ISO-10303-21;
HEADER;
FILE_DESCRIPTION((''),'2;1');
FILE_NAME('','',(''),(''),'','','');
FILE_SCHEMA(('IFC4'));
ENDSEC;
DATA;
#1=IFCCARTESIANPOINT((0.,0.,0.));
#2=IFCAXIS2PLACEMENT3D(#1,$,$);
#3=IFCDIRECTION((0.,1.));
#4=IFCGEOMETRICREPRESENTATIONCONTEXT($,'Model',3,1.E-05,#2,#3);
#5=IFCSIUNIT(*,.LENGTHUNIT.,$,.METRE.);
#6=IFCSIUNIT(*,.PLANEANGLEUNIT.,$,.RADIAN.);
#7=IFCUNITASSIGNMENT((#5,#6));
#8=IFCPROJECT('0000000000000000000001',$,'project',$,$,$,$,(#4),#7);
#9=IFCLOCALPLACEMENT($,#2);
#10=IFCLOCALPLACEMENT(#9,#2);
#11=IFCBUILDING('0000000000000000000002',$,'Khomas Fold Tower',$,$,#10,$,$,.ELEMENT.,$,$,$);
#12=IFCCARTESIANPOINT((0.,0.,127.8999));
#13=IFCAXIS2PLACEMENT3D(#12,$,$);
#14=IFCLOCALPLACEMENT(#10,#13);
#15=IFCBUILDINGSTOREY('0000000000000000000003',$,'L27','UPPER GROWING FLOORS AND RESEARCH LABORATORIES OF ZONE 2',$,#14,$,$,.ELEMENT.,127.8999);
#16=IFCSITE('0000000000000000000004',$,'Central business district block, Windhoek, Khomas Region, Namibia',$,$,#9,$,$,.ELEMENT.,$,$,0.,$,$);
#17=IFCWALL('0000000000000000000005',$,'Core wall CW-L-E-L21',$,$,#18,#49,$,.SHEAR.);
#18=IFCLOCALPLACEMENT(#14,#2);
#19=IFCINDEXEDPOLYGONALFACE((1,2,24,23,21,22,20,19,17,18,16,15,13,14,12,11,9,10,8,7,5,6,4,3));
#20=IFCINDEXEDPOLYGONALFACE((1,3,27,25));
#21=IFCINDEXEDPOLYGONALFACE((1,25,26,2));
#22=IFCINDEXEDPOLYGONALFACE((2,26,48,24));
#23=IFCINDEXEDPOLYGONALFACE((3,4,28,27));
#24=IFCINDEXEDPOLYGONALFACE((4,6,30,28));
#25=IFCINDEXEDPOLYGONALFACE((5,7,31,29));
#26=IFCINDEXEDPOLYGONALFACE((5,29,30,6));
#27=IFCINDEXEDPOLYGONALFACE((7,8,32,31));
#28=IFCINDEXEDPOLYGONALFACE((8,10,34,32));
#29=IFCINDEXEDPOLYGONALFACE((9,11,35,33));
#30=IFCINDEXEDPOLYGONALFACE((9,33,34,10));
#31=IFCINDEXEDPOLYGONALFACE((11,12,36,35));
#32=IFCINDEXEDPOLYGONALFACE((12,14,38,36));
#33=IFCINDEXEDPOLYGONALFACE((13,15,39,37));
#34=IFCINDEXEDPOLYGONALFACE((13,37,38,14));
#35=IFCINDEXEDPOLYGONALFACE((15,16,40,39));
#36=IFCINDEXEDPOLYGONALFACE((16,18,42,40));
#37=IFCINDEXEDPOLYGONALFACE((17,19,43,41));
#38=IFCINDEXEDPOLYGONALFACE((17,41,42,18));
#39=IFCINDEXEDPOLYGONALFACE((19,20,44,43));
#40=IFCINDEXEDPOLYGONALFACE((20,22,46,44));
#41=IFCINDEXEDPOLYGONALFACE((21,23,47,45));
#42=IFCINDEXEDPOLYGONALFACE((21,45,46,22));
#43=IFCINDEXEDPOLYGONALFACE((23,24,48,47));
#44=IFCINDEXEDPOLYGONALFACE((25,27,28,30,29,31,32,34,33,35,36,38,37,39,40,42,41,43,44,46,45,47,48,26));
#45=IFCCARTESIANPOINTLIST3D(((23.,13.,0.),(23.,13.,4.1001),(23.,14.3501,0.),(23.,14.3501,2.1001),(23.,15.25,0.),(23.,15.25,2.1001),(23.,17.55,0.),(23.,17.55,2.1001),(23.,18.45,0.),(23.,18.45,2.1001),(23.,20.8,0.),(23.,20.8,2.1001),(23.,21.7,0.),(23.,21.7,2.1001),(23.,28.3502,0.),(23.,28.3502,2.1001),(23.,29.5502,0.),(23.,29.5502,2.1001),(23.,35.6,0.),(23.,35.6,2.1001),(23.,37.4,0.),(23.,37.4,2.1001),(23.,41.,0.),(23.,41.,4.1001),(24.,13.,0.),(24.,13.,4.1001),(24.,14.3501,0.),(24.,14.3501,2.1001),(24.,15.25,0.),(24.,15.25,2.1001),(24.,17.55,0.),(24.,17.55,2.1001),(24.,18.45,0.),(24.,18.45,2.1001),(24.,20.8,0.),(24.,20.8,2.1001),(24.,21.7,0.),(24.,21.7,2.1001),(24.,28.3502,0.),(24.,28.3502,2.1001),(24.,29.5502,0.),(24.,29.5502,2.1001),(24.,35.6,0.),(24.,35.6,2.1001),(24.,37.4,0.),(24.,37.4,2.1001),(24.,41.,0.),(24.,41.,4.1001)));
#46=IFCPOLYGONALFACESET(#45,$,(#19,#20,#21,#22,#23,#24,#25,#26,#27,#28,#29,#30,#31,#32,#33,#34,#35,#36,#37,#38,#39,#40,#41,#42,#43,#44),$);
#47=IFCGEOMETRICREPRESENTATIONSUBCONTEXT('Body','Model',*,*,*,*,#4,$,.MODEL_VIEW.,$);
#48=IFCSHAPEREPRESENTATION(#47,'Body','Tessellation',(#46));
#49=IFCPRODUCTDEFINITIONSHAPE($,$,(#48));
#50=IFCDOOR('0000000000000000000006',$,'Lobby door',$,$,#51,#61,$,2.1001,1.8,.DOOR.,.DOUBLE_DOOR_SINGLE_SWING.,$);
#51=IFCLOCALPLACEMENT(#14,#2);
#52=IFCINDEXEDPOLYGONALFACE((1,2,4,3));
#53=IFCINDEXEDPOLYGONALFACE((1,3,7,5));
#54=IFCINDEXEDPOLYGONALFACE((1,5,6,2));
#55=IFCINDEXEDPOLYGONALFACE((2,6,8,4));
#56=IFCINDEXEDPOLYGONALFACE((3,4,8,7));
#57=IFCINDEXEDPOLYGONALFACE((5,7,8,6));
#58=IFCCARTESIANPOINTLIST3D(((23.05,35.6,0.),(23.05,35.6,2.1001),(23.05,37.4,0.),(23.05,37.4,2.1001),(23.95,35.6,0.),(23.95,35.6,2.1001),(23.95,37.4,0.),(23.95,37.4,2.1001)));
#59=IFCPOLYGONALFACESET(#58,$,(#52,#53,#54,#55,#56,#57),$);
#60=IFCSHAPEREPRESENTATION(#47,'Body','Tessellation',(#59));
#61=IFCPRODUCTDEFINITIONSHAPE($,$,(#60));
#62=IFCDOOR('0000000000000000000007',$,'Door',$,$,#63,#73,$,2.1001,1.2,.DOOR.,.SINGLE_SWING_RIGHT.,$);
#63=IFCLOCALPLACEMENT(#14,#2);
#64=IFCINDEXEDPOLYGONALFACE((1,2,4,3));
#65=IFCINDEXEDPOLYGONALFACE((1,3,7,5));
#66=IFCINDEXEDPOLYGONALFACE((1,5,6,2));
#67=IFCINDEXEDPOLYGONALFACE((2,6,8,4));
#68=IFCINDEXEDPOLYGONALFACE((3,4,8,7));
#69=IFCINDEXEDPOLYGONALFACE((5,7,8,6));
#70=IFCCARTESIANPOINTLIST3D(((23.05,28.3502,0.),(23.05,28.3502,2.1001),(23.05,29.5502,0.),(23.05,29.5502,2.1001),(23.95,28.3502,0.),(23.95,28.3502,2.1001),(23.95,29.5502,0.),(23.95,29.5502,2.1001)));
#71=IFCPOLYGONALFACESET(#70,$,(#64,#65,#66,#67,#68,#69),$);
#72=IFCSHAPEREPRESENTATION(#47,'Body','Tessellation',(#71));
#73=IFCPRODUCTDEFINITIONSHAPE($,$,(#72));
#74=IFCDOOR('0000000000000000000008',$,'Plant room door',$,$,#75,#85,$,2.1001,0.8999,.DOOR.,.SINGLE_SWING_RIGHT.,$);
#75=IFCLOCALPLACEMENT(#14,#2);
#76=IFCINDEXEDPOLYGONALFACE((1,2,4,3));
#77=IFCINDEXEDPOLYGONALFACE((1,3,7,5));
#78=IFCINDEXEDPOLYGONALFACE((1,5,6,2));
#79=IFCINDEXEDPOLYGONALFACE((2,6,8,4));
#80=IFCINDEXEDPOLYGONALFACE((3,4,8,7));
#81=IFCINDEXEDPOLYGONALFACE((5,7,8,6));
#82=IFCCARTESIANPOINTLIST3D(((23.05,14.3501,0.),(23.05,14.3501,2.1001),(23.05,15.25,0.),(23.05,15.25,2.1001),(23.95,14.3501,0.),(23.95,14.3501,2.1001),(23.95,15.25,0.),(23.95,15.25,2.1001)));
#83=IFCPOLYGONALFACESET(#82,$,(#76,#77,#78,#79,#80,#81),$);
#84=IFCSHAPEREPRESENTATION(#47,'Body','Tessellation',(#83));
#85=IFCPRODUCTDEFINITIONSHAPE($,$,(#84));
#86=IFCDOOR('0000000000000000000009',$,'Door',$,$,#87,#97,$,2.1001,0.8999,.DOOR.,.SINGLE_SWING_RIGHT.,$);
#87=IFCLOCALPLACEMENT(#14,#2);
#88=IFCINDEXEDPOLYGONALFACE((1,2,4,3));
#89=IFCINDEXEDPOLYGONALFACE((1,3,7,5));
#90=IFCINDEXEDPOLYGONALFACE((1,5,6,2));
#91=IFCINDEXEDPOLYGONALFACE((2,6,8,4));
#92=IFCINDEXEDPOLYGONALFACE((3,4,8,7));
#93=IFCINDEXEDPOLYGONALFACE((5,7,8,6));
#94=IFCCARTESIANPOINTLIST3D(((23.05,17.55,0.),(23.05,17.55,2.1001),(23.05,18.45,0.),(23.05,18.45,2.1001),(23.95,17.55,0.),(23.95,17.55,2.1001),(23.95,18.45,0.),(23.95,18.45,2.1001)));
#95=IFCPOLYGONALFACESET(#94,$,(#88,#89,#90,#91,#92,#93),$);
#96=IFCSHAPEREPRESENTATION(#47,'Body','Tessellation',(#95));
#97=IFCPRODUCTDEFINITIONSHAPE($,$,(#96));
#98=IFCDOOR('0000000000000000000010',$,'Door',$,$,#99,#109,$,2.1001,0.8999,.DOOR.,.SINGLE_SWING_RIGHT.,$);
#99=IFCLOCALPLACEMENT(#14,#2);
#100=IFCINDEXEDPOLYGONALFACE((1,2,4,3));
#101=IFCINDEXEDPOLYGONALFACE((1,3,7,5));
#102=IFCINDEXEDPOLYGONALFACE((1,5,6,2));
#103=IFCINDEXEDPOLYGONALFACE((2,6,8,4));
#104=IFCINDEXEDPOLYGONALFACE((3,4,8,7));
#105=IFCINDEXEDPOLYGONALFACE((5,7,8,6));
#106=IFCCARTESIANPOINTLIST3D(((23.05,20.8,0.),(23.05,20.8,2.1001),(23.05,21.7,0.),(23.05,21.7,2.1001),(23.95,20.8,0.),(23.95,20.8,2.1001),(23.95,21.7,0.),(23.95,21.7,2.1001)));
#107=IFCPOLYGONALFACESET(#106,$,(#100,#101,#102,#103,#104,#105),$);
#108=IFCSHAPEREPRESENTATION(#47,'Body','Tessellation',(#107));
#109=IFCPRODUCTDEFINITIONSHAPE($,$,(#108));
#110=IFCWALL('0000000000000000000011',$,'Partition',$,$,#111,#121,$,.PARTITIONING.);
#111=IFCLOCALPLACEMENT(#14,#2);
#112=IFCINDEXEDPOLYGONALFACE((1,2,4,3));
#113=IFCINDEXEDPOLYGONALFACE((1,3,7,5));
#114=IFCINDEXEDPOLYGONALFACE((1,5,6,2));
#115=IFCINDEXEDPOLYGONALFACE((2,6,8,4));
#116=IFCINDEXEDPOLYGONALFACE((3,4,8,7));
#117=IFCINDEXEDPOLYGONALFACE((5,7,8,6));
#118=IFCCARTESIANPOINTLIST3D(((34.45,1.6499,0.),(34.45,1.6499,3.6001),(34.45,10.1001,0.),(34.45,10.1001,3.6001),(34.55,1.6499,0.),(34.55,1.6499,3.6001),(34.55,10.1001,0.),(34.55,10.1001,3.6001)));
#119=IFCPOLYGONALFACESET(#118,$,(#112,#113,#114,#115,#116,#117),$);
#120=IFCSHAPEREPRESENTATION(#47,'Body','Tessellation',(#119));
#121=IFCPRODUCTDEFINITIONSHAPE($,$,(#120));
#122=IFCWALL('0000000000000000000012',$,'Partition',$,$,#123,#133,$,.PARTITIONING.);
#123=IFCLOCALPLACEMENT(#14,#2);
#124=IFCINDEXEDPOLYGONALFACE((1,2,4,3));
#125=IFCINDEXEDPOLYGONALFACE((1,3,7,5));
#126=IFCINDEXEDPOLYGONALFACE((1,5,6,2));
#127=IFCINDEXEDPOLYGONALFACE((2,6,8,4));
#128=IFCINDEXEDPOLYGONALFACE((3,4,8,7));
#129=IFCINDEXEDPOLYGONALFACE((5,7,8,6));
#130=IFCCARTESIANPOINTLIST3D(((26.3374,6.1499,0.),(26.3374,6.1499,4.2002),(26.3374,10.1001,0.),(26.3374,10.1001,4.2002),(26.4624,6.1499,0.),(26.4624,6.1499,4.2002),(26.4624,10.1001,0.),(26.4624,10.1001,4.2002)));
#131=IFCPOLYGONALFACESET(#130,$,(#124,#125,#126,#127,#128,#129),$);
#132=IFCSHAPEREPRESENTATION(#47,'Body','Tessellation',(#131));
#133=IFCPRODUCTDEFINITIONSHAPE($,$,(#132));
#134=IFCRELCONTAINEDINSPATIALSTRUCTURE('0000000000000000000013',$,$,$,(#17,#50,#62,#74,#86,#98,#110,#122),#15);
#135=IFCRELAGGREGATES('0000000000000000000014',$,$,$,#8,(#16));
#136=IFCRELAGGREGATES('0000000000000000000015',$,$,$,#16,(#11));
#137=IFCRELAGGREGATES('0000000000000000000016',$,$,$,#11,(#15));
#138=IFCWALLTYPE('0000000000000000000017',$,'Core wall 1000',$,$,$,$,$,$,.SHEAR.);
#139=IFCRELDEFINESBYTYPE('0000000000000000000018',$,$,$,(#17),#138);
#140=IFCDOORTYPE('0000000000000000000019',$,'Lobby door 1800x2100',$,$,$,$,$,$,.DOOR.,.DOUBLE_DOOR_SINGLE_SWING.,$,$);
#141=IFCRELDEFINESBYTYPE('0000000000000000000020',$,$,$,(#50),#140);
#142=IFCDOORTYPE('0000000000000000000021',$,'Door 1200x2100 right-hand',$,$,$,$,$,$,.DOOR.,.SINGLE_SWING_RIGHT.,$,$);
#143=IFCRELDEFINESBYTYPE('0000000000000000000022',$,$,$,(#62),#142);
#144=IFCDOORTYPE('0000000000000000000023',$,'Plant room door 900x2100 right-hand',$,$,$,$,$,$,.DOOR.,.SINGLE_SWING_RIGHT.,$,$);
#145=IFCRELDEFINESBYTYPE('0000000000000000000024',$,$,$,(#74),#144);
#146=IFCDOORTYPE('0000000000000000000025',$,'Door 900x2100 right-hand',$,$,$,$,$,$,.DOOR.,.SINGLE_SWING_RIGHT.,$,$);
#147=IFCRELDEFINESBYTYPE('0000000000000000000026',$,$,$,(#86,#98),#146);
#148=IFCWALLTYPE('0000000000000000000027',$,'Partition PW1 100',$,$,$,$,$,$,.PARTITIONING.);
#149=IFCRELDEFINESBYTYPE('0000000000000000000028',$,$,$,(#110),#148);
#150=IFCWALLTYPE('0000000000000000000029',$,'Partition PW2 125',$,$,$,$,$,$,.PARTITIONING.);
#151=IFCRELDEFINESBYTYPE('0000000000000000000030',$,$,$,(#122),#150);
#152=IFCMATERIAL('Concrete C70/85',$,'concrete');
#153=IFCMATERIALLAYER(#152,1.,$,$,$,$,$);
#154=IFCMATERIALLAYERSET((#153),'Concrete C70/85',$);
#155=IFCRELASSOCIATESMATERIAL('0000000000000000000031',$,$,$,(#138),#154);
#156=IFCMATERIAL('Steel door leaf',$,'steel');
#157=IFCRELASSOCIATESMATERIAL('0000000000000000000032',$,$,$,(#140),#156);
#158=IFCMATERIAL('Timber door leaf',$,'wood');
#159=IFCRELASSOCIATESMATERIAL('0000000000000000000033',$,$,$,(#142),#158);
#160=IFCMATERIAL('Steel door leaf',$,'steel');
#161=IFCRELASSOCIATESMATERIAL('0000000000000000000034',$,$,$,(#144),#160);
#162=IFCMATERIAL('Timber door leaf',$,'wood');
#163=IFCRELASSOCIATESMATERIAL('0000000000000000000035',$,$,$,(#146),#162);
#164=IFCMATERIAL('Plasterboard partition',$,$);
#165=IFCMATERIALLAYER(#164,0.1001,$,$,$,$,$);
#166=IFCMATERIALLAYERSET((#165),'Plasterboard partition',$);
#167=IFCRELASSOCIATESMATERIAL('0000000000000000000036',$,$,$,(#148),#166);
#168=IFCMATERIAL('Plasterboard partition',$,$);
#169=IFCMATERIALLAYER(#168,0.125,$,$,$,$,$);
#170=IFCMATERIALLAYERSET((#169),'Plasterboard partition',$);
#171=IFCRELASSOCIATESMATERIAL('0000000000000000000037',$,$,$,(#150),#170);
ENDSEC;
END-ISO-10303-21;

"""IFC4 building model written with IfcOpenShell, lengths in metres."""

from ifc_helpers import new_model, si_unit, direction, frame, frame_2d, origin, place, context, subcontext, project, spatial, rectangle, extrude, source, transform, mapped, material, layer, layer_set, type_object, element, fill, save


model = new_model("IFC4")

# Units and contexts
model_context = context("Model", 3, precision=1e-05, world=origin(), true_north=direction((0.0, 1.0)))
body_context = subcontext(model_context, "Body", "Model", "MODEL_VIEW")
ifc_project = project(units=[si_unit("LENGTHUNIT", "METRE"), si_unit("PLANEANGLEUNIT", "RADIAN")], contexts=[model_context])

# Site, building, storey
site_placement = place(None, origin())
site = spatial("IfcSite", under=ifc_project, at=site_placement, Name="Central business district block, Windhoek, Khomas Region, Namibia", CompositionType="ELEMENT", RefElevation=0.0)
building_placement = place(site_placement, origin())
building = spatial("IfcBuilding", under=site, at=building_placement, Name="Khomas Fold Tower", CompositionType="ELEMENT")
storey_placement = place(building_placement, frame((0.0, 0.0, 127.8999)))
storey = spatial("IfcBuildingStorey", under=building, at=storey_placement, Name="L27", Description="UPPER GROWING FLOORS AND RESEARCH LABORATORIES OF ZONE 2", CompositionType="ELEMENT", Elevation=127.8999)

# Wall, openings, doors
ifc_material_1 = material(Name="Concrete C70/85", Category="concrete")
ifc_layer_1 = layer(ifc_material_1, 1.0)
ifc_layer_set_1 = layer_set([ifc_layer_1], Name="Concrete C70/85")
wall_type_1 = type_object("IfcWallType", Name="Core wall 1000", PredefinedType="SHEAR", material=ifc_layer_set_1)
shared_shape_1 = source(origin(), body_context, "Body", "SweptSolid", [
    extrude(rectangle(XDim=28.0, YDim=1.0, at=frame_2d((14.0, 0.0))), origin(), (0.0, 0.0, 1.0), 4.1001),
])
wall_1_placement = place(storey_placement, frame((23.5, 13.0, 0.0), z_axis=(0.0, 0.0, 1.0), x_axis=(0.0, 1.0, 0.0)))
wall_1 = element("IfcWall", 1, at=wall_1_placement, inside=storey, type_object=wall_type_1, Name="Core wall CW-L-E-L21", PredefinedType="SHEAR", context=body_context, shape_type="MappedRepresentation", body=[
    mapped(shared_shape_1, transform((0.0, 0.0, 0.0))),
])
shared_shape_2 = source(origin(), body_context, "Body", "SweptSolid", [
    extrude(rectangle(XDim=1.8, YDim=2.1001, at=frame_2d((0.8999, 1.05))), frame((0.0, 0.51, 0.0), z_axis=(0.0, -1.0, 0.0), x_axis=(1.0, 0.0, 0.0)), (0.0, 0.0, 1.0), 1.02),
])
opening_1_placement = place(wall_1_placement, frame((22.6001, 0.0, 0.0)))
opening_1 = element("IfcOpeningElement", 2, at=opening_1_placement, cuts=wall_1, PredefinedType="OPENING", context=body_context, shape_type="MappedRepresentation", body=[
    mapped(shared_shape_2, transform((0.0, 0.0, 0.0))),
])
shared_shape_3 = source(origin(), body_context, "Body", "SweptSolid", [
    extrude(rectangle(XDim=1.2, YDim=2.1001, at=frame_2d((0.6001, 1.05))), frame((0.0, 0.51, 0.0), z_axis=(0.0, -1.0, 0.0), x_axis=(1.0, 0.0, 0.0)), (0.0, 0.0, 1.0), 1.02),
])
opening_2_placement = place(wall_1_placement, frame((15.3501, 0.0, 0.0)))
opening_2 = element("IfcOpeningElement", 3, at=opening_2_placement, cuts=wall_1, PredefinedType="OPENING", context=body_context, shape_type="MappedRepresentation", body=[
    mapped(shared_shape_3, transform((0.0, 0.0, 0.0))),
])
shared_shape_4 = source(origin(), body_context, "Body", "SweptSolid", [
    extrude(rectangle(XDim=0.8999, YDim=2.1001, at=frame_2d((0.45, 1.05))), frame((0.0, 0.51, 0.0), z_axis=(0.0, -1.0, 0.0), x_axis=(1.0, 0.0, 0.0)), (0.0, 0.0, 1.0), 1.02),
])
opening_3_placement = place(wall_1_placement, frame((1.3501, 0.0, 0.0)))
opening_3 = element("IfcOpeningElement", 4, at=opening_3_placement, cuts=wall_1, PredefinedType="OPENING", context=body_context, shape_type="MappedRepresentation", body=[
    mapped(shared_shape_4, transform((0.0, 0.0, 0.0))),
])
opening_4_placement = place(wall_1_placement, frame((4.55, 0.0, 0.0)))
opening_4 = element("IfcOpeningElement", 5, at=opening_4_placement, cuts=wall_1, PredefinedType="OPENING", context=body_context, shape_type="MappedRepresentation", body=[
    mapped(shared_shape_4, transform((0.0, 0.0, 0.0))),
])
opening_5_placement = place(wall_1_placement, frame((7.8, 0.0, 0.0)))
opening_5 = element("IfcOpeningElement", 6, at=opening_5_placement, cuts=wall_1, PredefinedType="OPENING", context=body_context, shape_type="MappedRepresentation", body=[
    mapped(shared_shape_4, transform((0.0, 0.0, 0.0))),
])
ifc_material_2 = material(Name="Steel door leaf", Category="steel")
door_type_1 = type_object("IfcDoorType", Name="Lobby door 1800x2100", OperationType="DOUBLE_DOOR_SINGLE_SWING", PredefinedType="DOOR", material=ifc_material_2)
shared_shape_5 = source(origin(), body_context, "Body", "SweptSolid", [
    extrude(rectangle(XDim=1.8, YDim=2.1001, at=frame_2d((0.8999, 1.05))), frame((0.0, 0.45, 0.0), z_axis=(0.0, -1.0, 0.0), x_axis=(1.0, 0.0, 0.0)), (0.0, 0.0, 1.0), 0.8999),
])
door_1_placement = place(opening_1_placement, origin())
door_1 = element("IfcDoor", 7, at=door_1_placement, inside=storey, type_object=door_type_1, Name="Lobby door", OperationType="DOUBLE_DOOR_SINGLE_SWING", OverallHeight=2.1001, OverallWidth=1.8, PredefinedType="DOOR", context=body_context, shape_type="MappedRepresentation", body=[
    mapped(shared_shape_5, transform((0.0, 0.0, 0.0))),
])
fill(opening_1, door_1)
ifc_material_3 = material(Name="Timber door leaf", Category="wood")
door_type_2 = type_object("IfcDoorType", Name="Door 1200x2100 right-hand", OperationType="SINGLE_SWING_RIGHT", PredefinedType="DOOR", material=ifc_material_3)
shared_shape_6 = source(origin(), body_context, "Body", "SweptSolid", [
    extrude(rectangle(XDim=1.2, YDim=2.1001, at=frame_2d((0.6001, 1.05))), frame((0.0, 0.45, 0.0), z_axis=(0.0, -1.0, 0.0), x_axis=(1.0, 0.0, 0.0)), (0.0, 0.0, 1.0), 0.8999),
])
door_2_placement = place(opening_2_placement, origin())
door_2 = element("IfcDoor", 8, at=door_2_placement, inside=storey, type_object=door_type_2, Name="Door", OperationType="SINGLE_SWING_RIGHT", OverallHeight=2.1001, OverallWidth=1.2, PredefinedType="DOOR", context=body_context, shape_type="MappedRepresentation", body=[
    mapped(shared_shape_6, transform((0.0, 0.0, 0.0))),
])
fill(opening_2, door_2)
ifc_material_4 = material(Name="Steel door leaf", Category="steel")
door_type_3 = type_object("IfcDoorType", Name="Plant room door 900x2100 right-hand", OperationType="SINGLE_SWING_RIGHT", PredefinedType="DOOR", material=ifc_material_4)
shared_shape_7 = source(origin(), body_context, "Body", "SweptSolid", [
    extrude(rectangle(XDim=0.8999, YDim=2.1001, at=frame_2d((0.45, 1.05))), frame((0.0, 0.45, 0.0), z_axis=(0.0, -1.0, 0.0), x_axis=(1.0, 0.0, 0.0)), (0.0, 0.0, 1.0), 0.8999),
])
door_3_placement = place(opening_3_placement, origin())
door_3 = element("IfcDoor", 9, at=door_3_placement, inside=storey, type_object=door_type_3, Name="Plant room door", OperationType="SINGLE_SWING_RIGHT", OverallHeight=2.1001, OverallWidth=0.8999, PredefinedType="DOOR", context=body_context, shape_type="MappedRepresentation", body=[
    mapped(shared_shape_7, transform((0.0, 0.0, 0.0))),
])
fill(opening_3, door_3)
ifc_material_5 = material(Name="Timber door leaf", Category="wood")
door_type_4 = type_object("IfcDoorType", Name="Door 900x2100 right-hand", OperationType="SINGLE_SWING_RIGHT", PredefinedType="DOOR", material=ifc_material_5)
door_4_placement = place(opening_4_placement, origin())
door_4 = element("IfcDoor", 10, at=door_4_placement, inside=storey, type_object=door_type_4, Name="Door", OperationType="SINGLE_SWING_RIGHT", OverallHeight=2.1001, OverallWidth=0.8999, PredefinedType="DOOR", context=body_context, shape_type="MappedRepresentation", body=[
    mapped(shared_shape_7, transform((0.0, 0.0, 0.0))),
])
fill(opening_4, door_4)
door_5_placement = place(opening_5_placement, origin())
door_5 = element("IfcDoor", 11, at=door_5_placement, inside=storey, type_object=door_type_4, Name="Door", OperationType="SINGLE_SWING_RIGHT", OverallHeight=2.1001, OverallWidth=0.8999, PredefinedType="DOOR", context=body_context, shape_type="MappedRepresentation", body=[
    mapped(shared_shape_7, transform((0.0, 0.0, 0.0))),
])
fill(opening_5, door_5)

# Walls
ifc_material_6 = material(Name="Plasterboard partition")
ifc_layer_2 = layer(ifc_material_6, 0.1001)
ifc_layer_set_2 = layer_set([ifc_layer_2], Name="Plasterboard partition")
wall_type_2 = type_object("IfcWallType", Name="Partition PW1 100", PredefinedType="PARTITIONING", material=ifc_layer_set_2)
shared_shape_8 = source(origin(), body_context, "Body", "SweptSolid", [
    extrude(rectangle(XDim=8.4502, YDim=0.1001, at=frame_2d((4.2251, 0.0))), origin(), (0.0, 0.0, 1.0), 3.6001),
])
wall_2_placement = place(storey_placement, frame((34.5, 1.6499, 0.0), z_axis=(0.0, 0.0, 1.0), x_axis=(0.0, 1.0, 0.0)))
element("IfcWall", 12, at=wall_2_placement, inside=storey, type_object=wall_type_2, Name="Partition", PredefinedType="PARTITIONING", context=body_context, shape_type="MappedRepresentation", body=[
    mapped(shared_shape_8, transform((0.0, 0.0, 0.0))),
])
ifc_material_7 = material(Name="Plasterboard partition")
ifc_layer_3 = layer(ifc_material_7, 0.125)
ifc_layer_set_3 = layer_set([ifc_layer_3], Name="Plasterboard partition")
wall_type_3 = type_object("IfcWallType", Name="Partition PW2 125", PredefinedType="PARTITIONING", material=ifc_layer_set_3)
shared_shape_9 = source(origin(), body_context, "Body", "SweptSolid", [
    extrude(rectangle(XDim=3.9502, YDim=0.125, at=frame_2d((1.9751, 0.0))), origin(), (0.0, 0.0, 1.0), 4.2002),
])
wall_3_placement = place(storey_placement, frame((26.3999, 6.1499, 0.0), z_axis=(0.0, 0.0, 1.0), x_axis=(0.0, 1.0, 0.0)))
element("IfcWall", 13, at=wall_3_placement, inside=storey, type_object=wall_type_3, Name="Partition", PredefinedType="PARTITIONING", context=body_context, shape_type="MappedRepresentation", body=[
    mapped(shared_shape_9, transform((0.0, 0.0, 0.0))),
])

save(model, "model.ifc")
